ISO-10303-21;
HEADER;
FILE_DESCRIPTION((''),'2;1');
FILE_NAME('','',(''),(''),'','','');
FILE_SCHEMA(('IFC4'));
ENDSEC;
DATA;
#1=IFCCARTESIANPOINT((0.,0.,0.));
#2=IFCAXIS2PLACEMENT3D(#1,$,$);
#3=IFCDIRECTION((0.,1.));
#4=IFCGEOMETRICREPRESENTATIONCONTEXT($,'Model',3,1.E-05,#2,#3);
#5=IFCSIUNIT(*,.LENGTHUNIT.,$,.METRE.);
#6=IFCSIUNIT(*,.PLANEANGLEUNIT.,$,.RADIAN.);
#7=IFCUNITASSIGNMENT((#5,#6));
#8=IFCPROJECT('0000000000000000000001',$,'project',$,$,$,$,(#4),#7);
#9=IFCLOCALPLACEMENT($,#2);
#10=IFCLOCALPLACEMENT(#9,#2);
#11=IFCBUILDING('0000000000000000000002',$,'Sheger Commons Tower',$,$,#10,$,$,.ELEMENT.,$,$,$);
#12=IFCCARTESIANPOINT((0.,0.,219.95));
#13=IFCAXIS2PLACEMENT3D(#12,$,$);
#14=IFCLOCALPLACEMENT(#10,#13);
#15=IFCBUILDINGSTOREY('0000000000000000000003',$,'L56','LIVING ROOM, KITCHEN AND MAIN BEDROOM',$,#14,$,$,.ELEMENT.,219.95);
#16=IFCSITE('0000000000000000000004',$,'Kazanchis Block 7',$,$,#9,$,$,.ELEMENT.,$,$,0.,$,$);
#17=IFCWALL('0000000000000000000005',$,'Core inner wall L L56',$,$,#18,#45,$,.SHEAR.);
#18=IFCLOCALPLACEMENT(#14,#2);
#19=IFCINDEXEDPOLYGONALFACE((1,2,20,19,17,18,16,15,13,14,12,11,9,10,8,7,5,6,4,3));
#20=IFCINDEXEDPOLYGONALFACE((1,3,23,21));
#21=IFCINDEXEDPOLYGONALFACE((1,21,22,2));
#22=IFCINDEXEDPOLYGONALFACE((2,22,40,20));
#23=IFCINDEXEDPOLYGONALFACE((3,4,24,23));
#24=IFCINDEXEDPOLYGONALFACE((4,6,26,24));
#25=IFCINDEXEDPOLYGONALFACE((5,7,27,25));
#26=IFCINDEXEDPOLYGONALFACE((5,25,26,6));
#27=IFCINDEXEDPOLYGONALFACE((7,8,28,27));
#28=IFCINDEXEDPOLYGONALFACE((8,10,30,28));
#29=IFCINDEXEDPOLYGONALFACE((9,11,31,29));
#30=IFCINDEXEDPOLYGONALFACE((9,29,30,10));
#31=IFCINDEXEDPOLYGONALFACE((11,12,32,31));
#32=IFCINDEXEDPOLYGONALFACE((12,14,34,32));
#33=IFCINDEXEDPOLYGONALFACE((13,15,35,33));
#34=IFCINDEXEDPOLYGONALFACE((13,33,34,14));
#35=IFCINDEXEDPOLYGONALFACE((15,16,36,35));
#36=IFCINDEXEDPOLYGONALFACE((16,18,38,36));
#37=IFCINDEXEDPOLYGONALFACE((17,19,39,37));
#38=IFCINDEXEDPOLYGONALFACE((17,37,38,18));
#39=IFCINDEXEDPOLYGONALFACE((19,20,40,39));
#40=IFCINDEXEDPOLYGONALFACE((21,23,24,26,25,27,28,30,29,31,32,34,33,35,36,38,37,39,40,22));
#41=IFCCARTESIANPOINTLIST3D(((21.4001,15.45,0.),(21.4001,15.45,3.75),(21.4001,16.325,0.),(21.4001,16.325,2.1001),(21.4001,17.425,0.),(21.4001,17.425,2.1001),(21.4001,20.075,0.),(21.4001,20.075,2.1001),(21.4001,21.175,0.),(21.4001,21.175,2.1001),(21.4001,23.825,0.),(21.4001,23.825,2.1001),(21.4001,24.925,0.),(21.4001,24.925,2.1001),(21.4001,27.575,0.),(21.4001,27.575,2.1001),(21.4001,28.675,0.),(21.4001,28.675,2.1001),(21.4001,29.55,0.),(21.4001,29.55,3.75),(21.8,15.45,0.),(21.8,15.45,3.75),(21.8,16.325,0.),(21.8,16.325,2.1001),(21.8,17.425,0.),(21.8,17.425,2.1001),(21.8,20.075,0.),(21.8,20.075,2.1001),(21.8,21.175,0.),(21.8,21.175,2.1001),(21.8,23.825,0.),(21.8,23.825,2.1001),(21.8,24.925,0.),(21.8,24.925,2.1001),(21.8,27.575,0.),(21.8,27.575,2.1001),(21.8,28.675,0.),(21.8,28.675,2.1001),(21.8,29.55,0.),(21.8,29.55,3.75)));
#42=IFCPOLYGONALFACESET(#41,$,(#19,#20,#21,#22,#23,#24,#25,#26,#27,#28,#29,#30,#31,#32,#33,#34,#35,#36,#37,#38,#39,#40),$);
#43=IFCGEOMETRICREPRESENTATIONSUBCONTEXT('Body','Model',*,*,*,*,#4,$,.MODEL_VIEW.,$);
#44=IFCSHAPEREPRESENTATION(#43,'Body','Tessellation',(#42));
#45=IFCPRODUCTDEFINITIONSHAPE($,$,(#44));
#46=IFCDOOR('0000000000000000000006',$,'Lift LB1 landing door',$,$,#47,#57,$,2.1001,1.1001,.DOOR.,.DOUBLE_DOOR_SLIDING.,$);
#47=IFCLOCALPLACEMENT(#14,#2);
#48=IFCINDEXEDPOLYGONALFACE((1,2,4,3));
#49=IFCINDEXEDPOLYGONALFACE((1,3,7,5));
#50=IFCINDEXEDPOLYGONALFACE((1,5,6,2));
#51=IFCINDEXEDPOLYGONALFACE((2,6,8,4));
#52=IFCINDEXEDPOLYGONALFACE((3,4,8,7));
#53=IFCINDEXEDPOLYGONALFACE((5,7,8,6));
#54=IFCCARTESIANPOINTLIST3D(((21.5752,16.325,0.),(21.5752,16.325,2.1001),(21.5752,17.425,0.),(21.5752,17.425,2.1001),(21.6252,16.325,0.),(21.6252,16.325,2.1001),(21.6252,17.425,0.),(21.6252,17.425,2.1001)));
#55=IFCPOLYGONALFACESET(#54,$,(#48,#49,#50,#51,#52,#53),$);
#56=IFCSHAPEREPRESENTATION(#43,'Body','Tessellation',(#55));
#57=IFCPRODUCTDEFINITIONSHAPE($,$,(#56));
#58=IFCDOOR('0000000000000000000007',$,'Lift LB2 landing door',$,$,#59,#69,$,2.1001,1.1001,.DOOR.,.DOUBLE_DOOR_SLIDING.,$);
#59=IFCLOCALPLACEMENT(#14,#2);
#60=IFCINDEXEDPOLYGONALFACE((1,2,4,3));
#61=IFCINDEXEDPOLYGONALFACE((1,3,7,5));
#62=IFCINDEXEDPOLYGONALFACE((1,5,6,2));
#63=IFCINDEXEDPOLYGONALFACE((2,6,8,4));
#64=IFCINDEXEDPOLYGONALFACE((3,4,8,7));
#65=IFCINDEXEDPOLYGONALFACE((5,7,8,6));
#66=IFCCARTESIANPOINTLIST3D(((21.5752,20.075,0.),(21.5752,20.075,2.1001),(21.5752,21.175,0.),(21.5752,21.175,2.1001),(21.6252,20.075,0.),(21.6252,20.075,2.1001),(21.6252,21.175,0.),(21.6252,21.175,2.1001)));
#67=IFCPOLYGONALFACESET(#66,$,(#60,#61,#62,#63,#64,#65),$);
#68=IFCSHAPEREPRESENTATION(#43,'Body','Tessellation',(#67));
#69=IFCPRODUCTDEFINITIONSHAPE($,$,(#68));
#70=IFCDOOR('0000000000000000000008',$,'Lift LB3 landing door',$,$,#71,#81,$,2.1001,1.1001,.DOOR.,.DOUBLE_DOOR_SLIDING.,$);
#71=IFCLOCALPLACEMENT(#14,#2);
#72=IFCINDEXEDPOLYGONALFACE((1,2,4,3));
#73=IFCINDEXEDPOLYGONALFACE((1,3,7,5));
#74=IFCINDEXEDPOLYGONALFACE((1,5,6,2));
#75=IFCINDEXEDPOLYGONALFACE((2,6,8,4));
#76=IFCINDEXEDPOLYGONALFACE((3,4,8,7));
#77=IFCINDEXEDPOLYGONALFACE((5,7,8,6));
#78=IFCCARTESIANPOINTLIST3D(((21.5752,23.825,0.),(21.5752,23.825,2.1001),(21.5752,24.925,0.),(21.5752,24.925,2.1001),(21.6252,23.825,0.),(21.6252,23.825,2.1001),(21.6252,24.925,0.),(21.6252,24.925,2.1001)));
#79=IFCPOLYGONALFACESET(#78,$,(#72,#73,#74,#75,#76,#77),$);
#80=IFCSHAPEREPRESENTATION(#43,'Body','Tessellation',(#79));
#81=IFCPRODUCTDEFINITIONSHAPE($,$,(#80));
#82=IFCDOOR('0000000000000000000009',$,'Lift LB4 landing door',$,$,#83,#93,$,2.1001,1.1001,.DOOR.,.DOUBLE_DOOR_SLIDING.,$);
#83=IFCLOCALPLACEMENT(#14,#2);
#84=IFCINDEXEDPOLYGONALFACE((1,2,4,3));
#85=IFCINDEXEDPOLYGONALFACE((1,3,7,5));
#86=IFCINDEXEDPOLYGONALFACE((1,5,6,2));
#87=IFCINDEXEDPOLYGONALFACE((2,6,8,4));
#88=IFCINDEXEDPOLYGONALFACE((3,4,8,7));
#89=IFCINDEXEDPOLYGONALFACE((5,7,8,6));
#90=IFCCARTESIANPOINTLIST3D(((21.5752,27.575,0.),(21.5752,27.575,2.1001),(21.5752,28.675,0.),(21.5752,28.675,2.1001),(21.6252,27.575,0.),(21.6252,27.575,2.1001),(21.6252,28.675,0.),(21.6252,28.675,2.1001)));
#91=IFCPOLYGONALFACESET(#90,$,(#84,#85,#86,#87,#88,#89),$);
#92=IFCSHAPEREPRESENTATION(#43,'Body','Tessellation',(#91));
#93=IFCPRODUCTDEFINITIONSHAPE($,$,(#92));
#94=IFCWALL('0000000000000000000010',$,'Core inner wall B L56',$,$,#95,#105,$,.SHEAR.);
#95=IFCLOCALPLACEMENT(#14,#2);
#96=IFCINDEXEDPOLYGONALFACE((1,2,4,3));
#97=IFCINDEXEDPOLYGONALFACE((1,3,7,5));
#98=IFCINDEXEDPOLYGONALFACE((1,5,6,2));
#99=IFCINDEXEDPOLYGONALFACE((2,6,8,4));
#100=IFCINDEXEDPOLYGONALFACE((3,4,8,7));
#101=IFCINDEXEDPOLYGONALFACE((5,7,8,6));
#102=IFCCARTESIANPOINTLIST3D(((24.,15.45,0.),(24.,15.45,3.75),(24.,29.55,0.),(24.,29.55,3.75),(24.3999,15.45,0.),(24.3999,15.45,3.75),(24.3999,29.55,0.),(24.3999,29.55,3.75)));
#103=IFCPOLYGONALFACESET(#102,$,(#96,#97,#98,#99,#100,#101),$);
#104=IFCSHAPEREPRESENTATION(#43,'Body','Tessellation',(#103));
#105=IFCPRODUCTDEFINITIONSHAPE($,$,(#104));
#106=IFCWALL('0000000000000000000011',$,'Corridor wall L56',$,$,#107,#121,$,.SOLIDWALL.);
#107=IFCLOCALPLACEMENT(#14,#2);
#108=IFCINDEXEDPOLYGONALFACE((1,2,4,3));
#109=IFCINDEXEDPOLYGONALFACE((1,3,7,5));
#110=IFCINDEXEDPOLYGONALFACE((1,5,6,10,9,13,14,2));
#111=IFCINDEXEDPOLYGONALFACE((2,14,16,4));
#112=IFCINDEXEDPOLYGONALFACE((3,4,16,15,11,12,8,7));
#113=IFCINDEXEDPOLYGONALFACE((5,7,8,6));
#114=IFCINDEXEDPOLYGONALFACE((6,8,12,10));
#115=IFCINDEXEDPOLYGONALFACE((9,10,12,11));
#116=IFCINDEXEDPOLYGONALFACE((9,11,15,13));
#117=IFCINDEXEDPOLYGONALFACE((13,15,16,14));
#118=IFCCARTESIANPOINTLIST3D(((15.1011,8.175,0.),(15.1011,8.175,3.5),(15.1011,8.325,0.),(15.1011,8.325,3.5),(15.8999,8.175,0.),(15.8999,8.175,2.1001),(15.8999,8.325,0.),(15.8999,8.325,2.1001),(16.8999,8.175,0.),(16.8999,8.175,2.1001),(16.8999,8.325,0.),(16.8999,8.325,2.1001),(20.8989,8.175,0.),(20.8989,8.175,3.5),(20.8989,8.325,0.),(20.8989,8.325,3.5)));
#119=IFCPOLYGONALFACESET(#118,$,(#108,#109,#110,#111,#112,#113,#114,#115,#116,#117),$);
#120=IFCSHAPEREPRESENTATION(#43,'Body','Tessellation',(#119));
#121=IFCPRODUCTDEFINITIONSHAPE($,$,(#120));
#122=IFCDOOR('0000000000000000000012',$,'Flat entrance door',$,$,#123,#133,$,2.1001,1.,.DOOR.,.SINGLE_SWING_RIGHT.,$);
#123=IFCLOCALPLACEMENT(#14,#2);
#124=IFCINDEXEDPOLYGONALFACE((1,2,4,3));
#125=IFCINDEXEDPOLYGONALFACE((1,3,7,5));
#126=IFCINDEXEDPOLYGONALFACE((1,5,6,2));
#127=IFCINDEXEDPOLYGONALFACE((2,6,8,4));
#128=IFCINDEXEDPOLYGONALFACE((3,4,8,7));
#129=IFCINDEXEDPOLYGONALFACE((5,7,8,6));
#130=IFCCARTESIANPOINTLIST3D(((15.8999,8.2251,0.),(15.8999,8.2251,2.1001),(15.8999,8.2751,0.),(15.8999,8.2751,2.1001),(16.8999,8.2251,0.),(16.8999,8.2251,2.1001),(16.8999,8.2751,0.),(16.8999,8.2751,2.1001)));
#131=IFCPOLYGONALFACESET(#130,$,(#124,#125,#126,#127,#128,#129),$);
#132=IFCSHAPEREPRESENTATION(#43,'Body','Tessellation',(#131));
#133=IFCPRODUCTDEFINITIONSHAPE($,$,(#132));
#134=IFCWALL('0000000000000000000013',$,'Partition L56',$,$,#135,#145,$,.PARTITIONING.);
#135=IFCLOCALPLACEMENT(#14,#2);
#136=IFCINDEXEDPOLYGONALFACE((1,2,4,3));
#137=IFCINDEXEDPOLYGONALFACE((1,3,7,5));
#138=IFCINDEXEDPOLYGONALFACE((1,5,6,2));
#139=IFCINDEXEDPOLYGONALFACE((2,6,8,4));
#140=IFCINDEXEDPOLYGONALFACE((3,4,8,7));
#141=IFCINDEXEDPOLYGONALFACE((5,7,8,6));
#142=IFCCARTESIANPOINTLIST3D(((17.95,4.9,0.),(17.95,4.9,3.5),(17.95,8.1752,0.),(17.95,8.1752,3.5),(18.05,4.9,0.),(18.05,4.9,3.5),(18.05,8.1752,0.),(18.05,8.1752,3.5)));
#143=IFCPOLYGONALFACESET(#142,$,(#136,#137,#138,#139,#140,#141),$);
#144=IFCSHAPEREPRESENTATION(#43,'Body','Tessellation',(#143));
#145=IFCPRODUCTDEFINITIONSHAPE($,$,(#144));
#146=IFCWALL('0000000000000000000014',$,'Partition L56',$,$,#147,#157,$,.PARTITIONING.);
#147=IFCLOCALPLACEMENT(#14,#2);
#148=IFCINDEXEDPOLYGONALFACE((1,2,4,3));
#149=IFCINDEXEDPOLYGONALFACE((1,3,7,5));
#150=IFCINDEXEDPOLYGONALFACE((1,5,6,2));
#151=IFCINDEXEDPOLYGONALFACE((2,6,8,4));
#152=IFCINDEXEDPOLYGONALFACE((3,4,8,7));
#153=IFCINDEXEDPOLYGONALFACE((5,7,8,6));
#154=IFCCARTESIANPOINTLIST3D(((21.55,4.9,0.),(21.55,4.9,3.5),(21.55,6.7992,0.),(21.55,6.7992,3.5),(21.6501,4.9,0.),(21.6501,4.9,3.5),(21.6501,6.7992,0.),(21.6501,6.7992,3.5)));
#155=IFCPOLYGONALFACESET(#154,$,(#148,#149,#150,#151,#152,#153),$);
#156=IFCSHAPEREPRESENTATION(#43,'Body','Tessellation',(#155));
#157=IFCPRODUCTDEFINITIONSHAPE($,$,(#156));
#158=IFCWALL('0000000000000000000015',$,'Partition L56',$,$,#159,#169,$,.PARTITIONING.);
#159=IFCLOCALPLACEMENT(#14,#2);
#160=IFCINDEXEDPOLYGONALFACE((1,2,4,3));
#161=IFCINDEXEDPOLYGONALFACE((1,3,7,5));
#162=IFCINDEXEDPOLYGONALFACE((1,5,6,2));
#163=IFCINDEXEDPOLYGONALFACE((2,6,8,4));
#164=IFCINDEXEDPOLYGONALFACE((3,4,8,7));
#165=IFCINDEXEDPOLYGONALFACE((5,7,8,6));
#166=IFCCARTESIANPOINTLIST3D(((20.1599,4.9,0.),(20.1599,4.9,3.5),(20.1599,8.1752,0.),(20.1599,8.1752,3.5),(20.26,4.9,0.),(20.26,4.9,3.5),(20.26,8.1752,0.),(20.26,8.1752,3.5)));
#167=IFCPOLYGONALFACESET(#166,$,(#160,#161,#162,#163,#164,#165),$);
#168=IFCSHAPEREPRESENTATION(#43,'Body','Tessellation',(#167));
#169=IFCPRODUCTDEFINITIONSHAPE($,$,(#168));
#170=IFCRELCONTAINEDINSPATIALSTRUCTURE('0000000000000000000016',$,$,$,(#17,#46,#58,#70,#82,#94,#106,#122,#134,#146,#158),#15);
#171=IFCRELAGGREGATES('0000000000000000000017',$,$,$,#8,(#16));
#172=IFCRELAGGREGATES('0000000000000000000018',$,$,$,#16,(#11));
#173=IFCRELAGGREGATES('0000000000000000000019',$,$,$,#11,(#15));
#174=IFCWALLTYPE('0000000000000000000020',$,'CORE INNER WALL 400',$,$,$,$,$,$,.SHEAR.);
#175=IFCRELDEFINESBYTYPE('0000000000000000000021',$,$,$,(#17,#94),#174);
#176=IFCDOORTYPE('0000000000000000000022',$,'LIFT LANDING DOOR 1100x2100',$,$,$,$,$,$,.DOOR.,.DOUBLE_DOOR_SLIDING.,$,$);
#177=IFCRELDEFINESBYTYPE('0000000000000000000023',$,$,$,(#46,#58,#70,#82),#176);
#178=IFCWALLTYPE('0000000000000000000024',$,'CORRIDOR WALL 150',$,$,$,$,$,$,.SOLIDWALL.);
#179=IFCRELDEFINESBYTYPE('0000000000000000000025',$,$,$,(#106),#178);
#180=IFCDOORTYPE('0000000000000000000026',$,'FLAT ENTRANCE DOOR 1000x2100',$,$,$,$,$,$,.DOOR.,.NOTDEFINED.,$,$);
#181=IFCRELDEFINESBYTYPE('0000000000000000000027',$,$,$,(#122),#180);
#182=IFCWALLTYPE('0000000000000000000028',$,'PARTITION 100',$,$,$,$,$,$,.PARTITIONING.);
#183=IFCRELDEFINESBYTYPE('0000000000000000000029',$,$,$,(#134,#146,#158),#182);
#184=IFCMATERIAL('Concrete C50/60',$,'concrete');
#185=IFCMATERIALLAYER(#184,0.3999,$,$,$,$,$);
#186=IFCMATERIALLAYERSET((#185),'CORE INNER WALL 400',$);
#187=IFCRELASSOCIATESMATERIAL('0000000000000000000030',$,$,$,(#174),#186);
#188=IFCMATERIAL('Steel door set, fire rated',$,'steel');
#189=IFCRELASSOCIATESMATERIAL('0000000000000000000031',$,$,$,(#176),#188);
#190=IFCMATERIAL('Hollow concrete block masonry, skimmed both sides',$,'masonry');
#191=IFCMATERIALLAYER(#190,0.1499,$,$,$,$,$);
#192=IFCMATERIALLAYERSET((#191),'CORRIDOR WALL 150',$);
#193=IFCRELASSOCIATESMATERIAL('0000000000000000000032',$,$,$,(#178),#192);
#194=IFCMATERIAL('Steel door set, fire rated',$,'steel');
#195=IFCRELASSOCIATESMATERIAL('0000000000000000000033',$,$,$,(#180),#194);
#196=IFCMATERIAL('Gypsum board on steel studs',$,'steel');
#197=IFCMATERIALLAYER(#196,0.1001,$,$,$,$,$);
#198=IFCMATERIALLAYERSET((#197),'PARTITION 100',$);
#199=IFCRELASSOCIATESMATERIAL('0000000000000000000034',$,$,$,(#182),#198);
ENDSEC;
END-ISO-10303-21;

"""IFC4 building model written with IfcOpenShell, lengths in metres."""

from ifc_helpers import new_model, si_unit, direction, frame, frame_2d, origin, place, context, subcontext, project, spatial, rectangle, extrude, material, layer, layer_set, type_object, element, fill, save


model = new_model("IFC4")

# Units and contexts
model_context = context("Model", 3, precision=1e-05, world=origin(), true_north=direction((0.0, 1.0)))
body_context = subcontext(model_context, "Body", "Model", "MODEL_VIEW")
ifc_project = project(units=[si_unit("LENGTHUNIT", "METRE"), si_unit("PLANEANGLEUNIT", "RADIAN")], contexts=[model_context])

# Site, building, storey
site_placement = place(None, origin())
site = spatial("IfcSite", under=ifc_project, at=site_placement, Name="Kazanchis Block 7", CompositionType="ELEMENT", RefElevation=0.0)
building_placement = place(site_placement, origin())
building = spatial("IfcBuilding", under=site, at=building_placement, Name="Sheger Commons Tower", CompositionType="ELEMENT")
storey_placement = place(building_placement, frame((0.0, 0.0, 219.95)))
storey = spatial("IfcBuildingStorey", under=building, at=storey_placement, Name="L56", Description="LIVING ROOM, KITCHEN AND MAIN BEDROOM", CompositionType="ELEMENT", Elevation=219.95)

# Wall, openings, doors
ifc_material_1 = material(Name="Concrete C50/60", Category="concrete")
ifc_layer_1 = layer(ifc_material_1, 0.3999)
ifc_layer_set_1 = layer_set([ifc_layer_1], Name="CORE INNER WALL 400")
wall_type_1 = type_object("IfcWallType", Name="CORE INNER WALL 400", PredefinedType="SHEAR", material=ifc_layer_set_1)
wall_1_placement = place(storey_placement, frame((21.6001, 15.45, 0.0), z_axis=(0.0, 0.0, 1.0), x_axis=(0.0, 1.0, 0.0)))
wall_1 = element("IfcWall", 1, at=wall_1_placement, inside=storey, type_object=wall_type_1, Name="Core inner wall L L56", PredefinedType="SHEAR", context=body_context, shape_type="SweptSolid", body=[
    extrude(rectangle(XDim=14.1001, YDim=0.3999, at=frame_2d((7.05, 0.0))), origin(), (0.0, 0.0, 1.0), 3.75),
])
opening_1_placement = place(wall_1_placement, frame((0.875, 0.0, 0.0)))
opening_1 = element("IfcOpeningElement", 2, at=opening_1_placement, cuts=wall_1, PredefinedType="OPENING", context=body_context, shape_type="SweptSolid", body=[
    extrude(rectangle(XDim=1.1001, YDim=2.1001, at=frame_2d((0.55, 1.05))), frame((0.0, 0.21, 0.0), z_axis=(0.0, -1.0, 0.0), x_axis=(1.0, 0.0, 0.0)), (0.0, 0.0, 1.0), 0.4199),
])
opening_2_placement = place(wall_1_placement, frame((4.625, 0.0, 0.0)))
opening_2 = element("IfcOpeningElement", 3, at=opening_2_placement, cuts=wall_1, PredefinedType="OPENING", context=body_context, shape_type="SweptSolid", body=[
    extrude(rectangle(XDim=1.1001, YDim=2.1001, at=frame_2d((0.55, 1.05))), frame((0.0, 0.21, 0.0), z_axis=(0.0, -1.0, 0.0), x_axis=(1.0, 0.0, 0.0)), (0.0, 0.0, 1.0), 0.4199),
])
opening_3_placement = place(wall_1_placement, frame((8.375, 0.0, 0.0)))
opening_3 = element("IfcOpeningElement", 4, at=opening_3_placement, cuts=wall_1, PredefinedType="OPENING", context=body_context, shape_type="SweptSolid", body=[
    extrude(rectangle(XDim=1.1001, YDim=2.1001, at=frame_2d((0.55, 1.05))), frame((0.0, 0.21, 0.0), z_axis=(0.0, -1.0, 0.0), x_axis=(1.0, 0.0, 0.0)), (0.0, 0.0, 1.0), 0.4199),
])
opening_4_placement = place(wall_1_placement, frame((12.125, 0.0, 0.0)))
opening_4 = element("IfcOpeningElement", 5, at=opening_4_placement, cuts=wall_1, PredefinedType="OPENING", context=body_context, shape_type="SweptSolid", body=[
    extrude(rectangle(XDim=1.1001, YDim=2.1001, at=frame_2d((0.55, 1.05))), frame((0.0, 0.21, 0.0), z_axis=(0.0, -1.0, 0.0), x_axis=(1.0, 0.0, 0.0)), (0.0, 0.0, 1.0), 0.4199),
])
ifc_material_2 = material(Name="Steel door set, fire rated", Category="steel")
door_type_1 = type_object("IfcDoorType", Name="LIFT LANDING DOOR 1100x2100", OperationType="DOUBLE_DOOR_SLIDING", PredefinedType="DOOR", material=ifc_material_2)
door_1_placement = place(opening_1_placement, origin())
door_1 = element("IfcDoor", 6, at=door_1_placement, inside=storey, type_object=door_type_1, Name="Lift LB1 landing door", OperationType="DOUBLE_DOOR_SLIDING", OverallHeight=2.1001, OverallWidth=1.1001, PredefinedType="DOOR", context=body_context, shape_type="SweptSolid", body=[
    extrude(rectangle(XDim=1.1001, YDim=2.1001, at=frame_2d((0.55, 1.05))), frame((0.0, 0.0249, 0.0), z_axis=(0.0, -1.0, 0.0), x_axis=(1.0, 0.0, 0.0)), (0.0, 0.0, 1.0), 0.05),
])
fill(opening_1, door_1)
door_2_placement = place(opening_2_placement, origin())
door_2 = element("IfcDoor", 7, at=door_2_placement, inside=storey, type_object=door_type_1, Name="Lift LB2 landing door", OperationType="DOUBLE_DOOR_SLIDING", OverallHeight=2.1001, OverallWidth=1.1001, PredefinedType="DOOR", context=body_context, shape_type="SweptSolid", body=[
    extrude(rectangle(XDim=1.1001, YDim=2.1001, at=frame_2d((0.55, 1.05))), frame((0.0, 0.0249, 0.0), z_axis=(0.0, -1.0, 0.0), x_axis=(1.0, 0.0, 0.0)), (0.0, 0.0, 1.0), 0.05),
])
fill(opening_2, door_2)
door_3_placement = place(opening_3_placement, origin())
door_3 = element("IfcDoor", 8, at=door_3_placement, inside=storey, type_object=door_type_1, Name="Lift LB3 landing door", OperationType="DOUBLE_DOOR_SLIDING", OverallHeight=2.1001, OverallWidth=1.1001, PredefinedType="DOOR", context=body_context, shape_type="SweptSolid", body=[
    extrude(rectangle(XDim=1.1001, YDim=2.1001, at=frame_2d((0.55, 1.05))), frame((0.0, 0.0249, 0.0), z_axis=(0.0, -1.0, 0.0), x_axis=(1.0, 0.0, 0.0)), (0.0, 0.0, 1.0), 0.05),
])
fill(opening_3, door_3)
door_4_placement = place(opening_4_placement, origin())
door_4 = element("IfcDoor", 9, at=door_4_placement, inside=storey, type_object=door_type_1, Name="Lift LB4 landing door", OperationType="DOUBLE_DOOR_SLIDING", OverallHeight=2.1001, OverallWidth=1.1001, PredefinedType="DOOR", context=body_context, shape_type="SweptSolid", body=[
    extrude(rectangle(XDim=1.1001, YDim=2.1001, at=frame_2d((0.55, 1.05))), frame((0.0, 0.0249, 0.0), z_axis=(0.0, -1.0, 0.0), x_axis=(1.0, 0.0, 0.0)), (0.0, 0.0, 1.0), 0.05),
])
fill(opening_4, door_4)

# Wall
wall_2_placement = place(storey_placement, frame((24.2, 15.45, 0.0), z_axis=(0.0, 0.0, 1.0), x_axis=(0.0, 1.0, 0.0)))
element("IfcWall", 10, at=wall_2_placement, inside=storey, type_object=wall_type_1, Name="Core inner wall B L56", PredefinedType="SHEAR", context=body_context, shape_type="SweptSolid", body=[
    extrude(rectangle(XDim=14.1001, YDim=0.3999, at=frame_2d((7.05, 0.0))), origin(), (0.0, 0.0, 1.0), 3.75),
])

# Wall, opening, door
ifc_material_3 = material(Name="Hollow concrete block masonry, skimmed both sides", Category="masonry")
ifc_layer_2 = layer(ifc_material_3, 0.1499)
ifc_layer_set_2 = layer_set([ifc_layer_2], Name="CORRIDOR WALL 150")
wall_type_2 = type_object("IfcWallType", Name="CORRIDOR WALL 150", PredefinedType="SOLIDWALL", material=ifc_layer_set_2)
wall_3_placement = place(storey_placement, frame((20.8989, 8.25, 0.0), z_axis=(0.0, 0.0, 1.0), x_axis=(-1.0, 0.0, 0.0)))
wall_3 = element("IfcWall", 11, at=wall_3_placement, inside=storey, type_object=wall_type_2, Name="Corridor wall L56", PredefinedType="SOLIDWALL", context=body_context, shape_type="SweptSolid", body=[
    extrude(rectangle(XDim=5.7979, YDim=0.1499, at=frame_2d((2.8989, 0.0))), origin(), (0.0, 0.0, 1.0), 3.5),
])
opening_5_placement = place(wall_3_placement, frame((3.999, 0.0, 0.0)))
opening_5 = element("IfcOpeningElement", 12, at=opening_5_placement, cuts=wall_3, PredefinedType="OPENING", context=body_context, shape_type="SweptSolid", body=[
    extrude(rectangle(XDim=1.0, YDim=2.1001, at=frame_2d((0.5, 1.05))), frame((0.0, 0.085, 0.0), z_axis=(0.0, -1.0, 0.0), x_axis=(1.0, 0.0, 0.0)), (0.0, 0.0, 1.0), 0.1699),
])
ifc_material_4 = material(Name="Steel door set, fire rated", Category="steel")
door_type_2 = type_object("IfcDoorType", Name="FLAT ENTRANCE DOOR 1000x2100", OperationType="NOTDEFINED", PredefinedType="DOOR", material=ifc_material_4)
door_5_placement = place(opening_5_placement, origin())
door_5 = element("IfcDoor", 13, at=door_5_placement, inside=storey, type_object=door_type_2, Name="Flat entrance door", OperationType="SINGLE_SWING_RIGHT", OverallHeight=2.1001, OverallWidth=1.0, PredefinedType="DOOR", context=body_context, shape_type="SweptSolid", body=[
    extrude(rectangle(XDim=1.0, YDim=2.1001, at=frame_2d((0.5, 1.05))), frame((0.0, 0.0249, 0.0), z_axis=(0.0, -1.0, 0.0), x_axis=(1.0, 0.0, 0.0)), (0.0, 0.0, 1.0), 0.05),
])
fill(opening_5, door_5)

# Walls
ifc_material_5 = material(Name="Gypsum board on steel studs", Category="steel")
ifc_layer_3 = layer(ifc_material_5, 0.1001)
ifc_layer_set_3 = layer_set([ifc_layer_3], Name="PARTITION 100")
wall_type_3 = type_object("IfcWallType", Name="PARTITION 100", PredefinedType="PARTITIONING", material=ifc_layer_set_3)
wall_4_placement = place(storey_placement, frame((18.0, 4.8999, 0.0), z_axis=(0.0, 0.0, 1.0), x_axis=(0.0, 1.0, 0.0)))
element("IfcWall", 14, at=wall_4_placement, inside=storey, type_object=wall_type_3, Name="Partition L56", PredefinedType="PARTITIONING", context=body_context, shape_type="SweptSolid", body=[
    extrude(rectangle(XDim=3.2751, YDim=0.1001, at=frame_2d((1.6377, 0.0))), origin(), (0.0, 0.0, 1.0), 3.5),
])
wall_5_placement = place(storey_placement, frame((21.6001, 4.8999, 0.0), z_axis=(0.0, 0.0, 1.0), x_axis=(0.0, 1.0, 0.0)))
element("IfcWall", 15, at=wall_5_placement, inside=storey, type_object=wall_type_3, Name="Partition L56", PredefinedType="PARTITIONING", context=body_context, shape_type="SweptSolid", body=[
    extrude(rectangle(XDim=1.8992, YDim=0.1001, at=frame_2d((0.9497, 0.0))), origin(), (0.0, 0.0, 1.0), 3.5),
])
for number, where, z_axis, x_axis, name in (
    (16, (20.21, 4.8999, 0.0), (0.0, 0.0, 1.0), (0.0, 1.0, 0.0), "Partition L56"),
):
    element("IfcWall", number, at=place(storey_placement, frame(where, z_axis=z_axis, x_axis=x_axis)), inside=storey, type_object=wall_type_3, Name=name, PredefinedType="PARTITIONING", context=body_context, shape_type="SweptSolid", body=[
        extrude(rectangle(XDim=3.2751, YDim=0.1001, at=frame_2d((1.6377, 0.0))), origin(), (0.0, 0.0, 1.0), 3.5),
    ])

save(model, "model.ifc")
